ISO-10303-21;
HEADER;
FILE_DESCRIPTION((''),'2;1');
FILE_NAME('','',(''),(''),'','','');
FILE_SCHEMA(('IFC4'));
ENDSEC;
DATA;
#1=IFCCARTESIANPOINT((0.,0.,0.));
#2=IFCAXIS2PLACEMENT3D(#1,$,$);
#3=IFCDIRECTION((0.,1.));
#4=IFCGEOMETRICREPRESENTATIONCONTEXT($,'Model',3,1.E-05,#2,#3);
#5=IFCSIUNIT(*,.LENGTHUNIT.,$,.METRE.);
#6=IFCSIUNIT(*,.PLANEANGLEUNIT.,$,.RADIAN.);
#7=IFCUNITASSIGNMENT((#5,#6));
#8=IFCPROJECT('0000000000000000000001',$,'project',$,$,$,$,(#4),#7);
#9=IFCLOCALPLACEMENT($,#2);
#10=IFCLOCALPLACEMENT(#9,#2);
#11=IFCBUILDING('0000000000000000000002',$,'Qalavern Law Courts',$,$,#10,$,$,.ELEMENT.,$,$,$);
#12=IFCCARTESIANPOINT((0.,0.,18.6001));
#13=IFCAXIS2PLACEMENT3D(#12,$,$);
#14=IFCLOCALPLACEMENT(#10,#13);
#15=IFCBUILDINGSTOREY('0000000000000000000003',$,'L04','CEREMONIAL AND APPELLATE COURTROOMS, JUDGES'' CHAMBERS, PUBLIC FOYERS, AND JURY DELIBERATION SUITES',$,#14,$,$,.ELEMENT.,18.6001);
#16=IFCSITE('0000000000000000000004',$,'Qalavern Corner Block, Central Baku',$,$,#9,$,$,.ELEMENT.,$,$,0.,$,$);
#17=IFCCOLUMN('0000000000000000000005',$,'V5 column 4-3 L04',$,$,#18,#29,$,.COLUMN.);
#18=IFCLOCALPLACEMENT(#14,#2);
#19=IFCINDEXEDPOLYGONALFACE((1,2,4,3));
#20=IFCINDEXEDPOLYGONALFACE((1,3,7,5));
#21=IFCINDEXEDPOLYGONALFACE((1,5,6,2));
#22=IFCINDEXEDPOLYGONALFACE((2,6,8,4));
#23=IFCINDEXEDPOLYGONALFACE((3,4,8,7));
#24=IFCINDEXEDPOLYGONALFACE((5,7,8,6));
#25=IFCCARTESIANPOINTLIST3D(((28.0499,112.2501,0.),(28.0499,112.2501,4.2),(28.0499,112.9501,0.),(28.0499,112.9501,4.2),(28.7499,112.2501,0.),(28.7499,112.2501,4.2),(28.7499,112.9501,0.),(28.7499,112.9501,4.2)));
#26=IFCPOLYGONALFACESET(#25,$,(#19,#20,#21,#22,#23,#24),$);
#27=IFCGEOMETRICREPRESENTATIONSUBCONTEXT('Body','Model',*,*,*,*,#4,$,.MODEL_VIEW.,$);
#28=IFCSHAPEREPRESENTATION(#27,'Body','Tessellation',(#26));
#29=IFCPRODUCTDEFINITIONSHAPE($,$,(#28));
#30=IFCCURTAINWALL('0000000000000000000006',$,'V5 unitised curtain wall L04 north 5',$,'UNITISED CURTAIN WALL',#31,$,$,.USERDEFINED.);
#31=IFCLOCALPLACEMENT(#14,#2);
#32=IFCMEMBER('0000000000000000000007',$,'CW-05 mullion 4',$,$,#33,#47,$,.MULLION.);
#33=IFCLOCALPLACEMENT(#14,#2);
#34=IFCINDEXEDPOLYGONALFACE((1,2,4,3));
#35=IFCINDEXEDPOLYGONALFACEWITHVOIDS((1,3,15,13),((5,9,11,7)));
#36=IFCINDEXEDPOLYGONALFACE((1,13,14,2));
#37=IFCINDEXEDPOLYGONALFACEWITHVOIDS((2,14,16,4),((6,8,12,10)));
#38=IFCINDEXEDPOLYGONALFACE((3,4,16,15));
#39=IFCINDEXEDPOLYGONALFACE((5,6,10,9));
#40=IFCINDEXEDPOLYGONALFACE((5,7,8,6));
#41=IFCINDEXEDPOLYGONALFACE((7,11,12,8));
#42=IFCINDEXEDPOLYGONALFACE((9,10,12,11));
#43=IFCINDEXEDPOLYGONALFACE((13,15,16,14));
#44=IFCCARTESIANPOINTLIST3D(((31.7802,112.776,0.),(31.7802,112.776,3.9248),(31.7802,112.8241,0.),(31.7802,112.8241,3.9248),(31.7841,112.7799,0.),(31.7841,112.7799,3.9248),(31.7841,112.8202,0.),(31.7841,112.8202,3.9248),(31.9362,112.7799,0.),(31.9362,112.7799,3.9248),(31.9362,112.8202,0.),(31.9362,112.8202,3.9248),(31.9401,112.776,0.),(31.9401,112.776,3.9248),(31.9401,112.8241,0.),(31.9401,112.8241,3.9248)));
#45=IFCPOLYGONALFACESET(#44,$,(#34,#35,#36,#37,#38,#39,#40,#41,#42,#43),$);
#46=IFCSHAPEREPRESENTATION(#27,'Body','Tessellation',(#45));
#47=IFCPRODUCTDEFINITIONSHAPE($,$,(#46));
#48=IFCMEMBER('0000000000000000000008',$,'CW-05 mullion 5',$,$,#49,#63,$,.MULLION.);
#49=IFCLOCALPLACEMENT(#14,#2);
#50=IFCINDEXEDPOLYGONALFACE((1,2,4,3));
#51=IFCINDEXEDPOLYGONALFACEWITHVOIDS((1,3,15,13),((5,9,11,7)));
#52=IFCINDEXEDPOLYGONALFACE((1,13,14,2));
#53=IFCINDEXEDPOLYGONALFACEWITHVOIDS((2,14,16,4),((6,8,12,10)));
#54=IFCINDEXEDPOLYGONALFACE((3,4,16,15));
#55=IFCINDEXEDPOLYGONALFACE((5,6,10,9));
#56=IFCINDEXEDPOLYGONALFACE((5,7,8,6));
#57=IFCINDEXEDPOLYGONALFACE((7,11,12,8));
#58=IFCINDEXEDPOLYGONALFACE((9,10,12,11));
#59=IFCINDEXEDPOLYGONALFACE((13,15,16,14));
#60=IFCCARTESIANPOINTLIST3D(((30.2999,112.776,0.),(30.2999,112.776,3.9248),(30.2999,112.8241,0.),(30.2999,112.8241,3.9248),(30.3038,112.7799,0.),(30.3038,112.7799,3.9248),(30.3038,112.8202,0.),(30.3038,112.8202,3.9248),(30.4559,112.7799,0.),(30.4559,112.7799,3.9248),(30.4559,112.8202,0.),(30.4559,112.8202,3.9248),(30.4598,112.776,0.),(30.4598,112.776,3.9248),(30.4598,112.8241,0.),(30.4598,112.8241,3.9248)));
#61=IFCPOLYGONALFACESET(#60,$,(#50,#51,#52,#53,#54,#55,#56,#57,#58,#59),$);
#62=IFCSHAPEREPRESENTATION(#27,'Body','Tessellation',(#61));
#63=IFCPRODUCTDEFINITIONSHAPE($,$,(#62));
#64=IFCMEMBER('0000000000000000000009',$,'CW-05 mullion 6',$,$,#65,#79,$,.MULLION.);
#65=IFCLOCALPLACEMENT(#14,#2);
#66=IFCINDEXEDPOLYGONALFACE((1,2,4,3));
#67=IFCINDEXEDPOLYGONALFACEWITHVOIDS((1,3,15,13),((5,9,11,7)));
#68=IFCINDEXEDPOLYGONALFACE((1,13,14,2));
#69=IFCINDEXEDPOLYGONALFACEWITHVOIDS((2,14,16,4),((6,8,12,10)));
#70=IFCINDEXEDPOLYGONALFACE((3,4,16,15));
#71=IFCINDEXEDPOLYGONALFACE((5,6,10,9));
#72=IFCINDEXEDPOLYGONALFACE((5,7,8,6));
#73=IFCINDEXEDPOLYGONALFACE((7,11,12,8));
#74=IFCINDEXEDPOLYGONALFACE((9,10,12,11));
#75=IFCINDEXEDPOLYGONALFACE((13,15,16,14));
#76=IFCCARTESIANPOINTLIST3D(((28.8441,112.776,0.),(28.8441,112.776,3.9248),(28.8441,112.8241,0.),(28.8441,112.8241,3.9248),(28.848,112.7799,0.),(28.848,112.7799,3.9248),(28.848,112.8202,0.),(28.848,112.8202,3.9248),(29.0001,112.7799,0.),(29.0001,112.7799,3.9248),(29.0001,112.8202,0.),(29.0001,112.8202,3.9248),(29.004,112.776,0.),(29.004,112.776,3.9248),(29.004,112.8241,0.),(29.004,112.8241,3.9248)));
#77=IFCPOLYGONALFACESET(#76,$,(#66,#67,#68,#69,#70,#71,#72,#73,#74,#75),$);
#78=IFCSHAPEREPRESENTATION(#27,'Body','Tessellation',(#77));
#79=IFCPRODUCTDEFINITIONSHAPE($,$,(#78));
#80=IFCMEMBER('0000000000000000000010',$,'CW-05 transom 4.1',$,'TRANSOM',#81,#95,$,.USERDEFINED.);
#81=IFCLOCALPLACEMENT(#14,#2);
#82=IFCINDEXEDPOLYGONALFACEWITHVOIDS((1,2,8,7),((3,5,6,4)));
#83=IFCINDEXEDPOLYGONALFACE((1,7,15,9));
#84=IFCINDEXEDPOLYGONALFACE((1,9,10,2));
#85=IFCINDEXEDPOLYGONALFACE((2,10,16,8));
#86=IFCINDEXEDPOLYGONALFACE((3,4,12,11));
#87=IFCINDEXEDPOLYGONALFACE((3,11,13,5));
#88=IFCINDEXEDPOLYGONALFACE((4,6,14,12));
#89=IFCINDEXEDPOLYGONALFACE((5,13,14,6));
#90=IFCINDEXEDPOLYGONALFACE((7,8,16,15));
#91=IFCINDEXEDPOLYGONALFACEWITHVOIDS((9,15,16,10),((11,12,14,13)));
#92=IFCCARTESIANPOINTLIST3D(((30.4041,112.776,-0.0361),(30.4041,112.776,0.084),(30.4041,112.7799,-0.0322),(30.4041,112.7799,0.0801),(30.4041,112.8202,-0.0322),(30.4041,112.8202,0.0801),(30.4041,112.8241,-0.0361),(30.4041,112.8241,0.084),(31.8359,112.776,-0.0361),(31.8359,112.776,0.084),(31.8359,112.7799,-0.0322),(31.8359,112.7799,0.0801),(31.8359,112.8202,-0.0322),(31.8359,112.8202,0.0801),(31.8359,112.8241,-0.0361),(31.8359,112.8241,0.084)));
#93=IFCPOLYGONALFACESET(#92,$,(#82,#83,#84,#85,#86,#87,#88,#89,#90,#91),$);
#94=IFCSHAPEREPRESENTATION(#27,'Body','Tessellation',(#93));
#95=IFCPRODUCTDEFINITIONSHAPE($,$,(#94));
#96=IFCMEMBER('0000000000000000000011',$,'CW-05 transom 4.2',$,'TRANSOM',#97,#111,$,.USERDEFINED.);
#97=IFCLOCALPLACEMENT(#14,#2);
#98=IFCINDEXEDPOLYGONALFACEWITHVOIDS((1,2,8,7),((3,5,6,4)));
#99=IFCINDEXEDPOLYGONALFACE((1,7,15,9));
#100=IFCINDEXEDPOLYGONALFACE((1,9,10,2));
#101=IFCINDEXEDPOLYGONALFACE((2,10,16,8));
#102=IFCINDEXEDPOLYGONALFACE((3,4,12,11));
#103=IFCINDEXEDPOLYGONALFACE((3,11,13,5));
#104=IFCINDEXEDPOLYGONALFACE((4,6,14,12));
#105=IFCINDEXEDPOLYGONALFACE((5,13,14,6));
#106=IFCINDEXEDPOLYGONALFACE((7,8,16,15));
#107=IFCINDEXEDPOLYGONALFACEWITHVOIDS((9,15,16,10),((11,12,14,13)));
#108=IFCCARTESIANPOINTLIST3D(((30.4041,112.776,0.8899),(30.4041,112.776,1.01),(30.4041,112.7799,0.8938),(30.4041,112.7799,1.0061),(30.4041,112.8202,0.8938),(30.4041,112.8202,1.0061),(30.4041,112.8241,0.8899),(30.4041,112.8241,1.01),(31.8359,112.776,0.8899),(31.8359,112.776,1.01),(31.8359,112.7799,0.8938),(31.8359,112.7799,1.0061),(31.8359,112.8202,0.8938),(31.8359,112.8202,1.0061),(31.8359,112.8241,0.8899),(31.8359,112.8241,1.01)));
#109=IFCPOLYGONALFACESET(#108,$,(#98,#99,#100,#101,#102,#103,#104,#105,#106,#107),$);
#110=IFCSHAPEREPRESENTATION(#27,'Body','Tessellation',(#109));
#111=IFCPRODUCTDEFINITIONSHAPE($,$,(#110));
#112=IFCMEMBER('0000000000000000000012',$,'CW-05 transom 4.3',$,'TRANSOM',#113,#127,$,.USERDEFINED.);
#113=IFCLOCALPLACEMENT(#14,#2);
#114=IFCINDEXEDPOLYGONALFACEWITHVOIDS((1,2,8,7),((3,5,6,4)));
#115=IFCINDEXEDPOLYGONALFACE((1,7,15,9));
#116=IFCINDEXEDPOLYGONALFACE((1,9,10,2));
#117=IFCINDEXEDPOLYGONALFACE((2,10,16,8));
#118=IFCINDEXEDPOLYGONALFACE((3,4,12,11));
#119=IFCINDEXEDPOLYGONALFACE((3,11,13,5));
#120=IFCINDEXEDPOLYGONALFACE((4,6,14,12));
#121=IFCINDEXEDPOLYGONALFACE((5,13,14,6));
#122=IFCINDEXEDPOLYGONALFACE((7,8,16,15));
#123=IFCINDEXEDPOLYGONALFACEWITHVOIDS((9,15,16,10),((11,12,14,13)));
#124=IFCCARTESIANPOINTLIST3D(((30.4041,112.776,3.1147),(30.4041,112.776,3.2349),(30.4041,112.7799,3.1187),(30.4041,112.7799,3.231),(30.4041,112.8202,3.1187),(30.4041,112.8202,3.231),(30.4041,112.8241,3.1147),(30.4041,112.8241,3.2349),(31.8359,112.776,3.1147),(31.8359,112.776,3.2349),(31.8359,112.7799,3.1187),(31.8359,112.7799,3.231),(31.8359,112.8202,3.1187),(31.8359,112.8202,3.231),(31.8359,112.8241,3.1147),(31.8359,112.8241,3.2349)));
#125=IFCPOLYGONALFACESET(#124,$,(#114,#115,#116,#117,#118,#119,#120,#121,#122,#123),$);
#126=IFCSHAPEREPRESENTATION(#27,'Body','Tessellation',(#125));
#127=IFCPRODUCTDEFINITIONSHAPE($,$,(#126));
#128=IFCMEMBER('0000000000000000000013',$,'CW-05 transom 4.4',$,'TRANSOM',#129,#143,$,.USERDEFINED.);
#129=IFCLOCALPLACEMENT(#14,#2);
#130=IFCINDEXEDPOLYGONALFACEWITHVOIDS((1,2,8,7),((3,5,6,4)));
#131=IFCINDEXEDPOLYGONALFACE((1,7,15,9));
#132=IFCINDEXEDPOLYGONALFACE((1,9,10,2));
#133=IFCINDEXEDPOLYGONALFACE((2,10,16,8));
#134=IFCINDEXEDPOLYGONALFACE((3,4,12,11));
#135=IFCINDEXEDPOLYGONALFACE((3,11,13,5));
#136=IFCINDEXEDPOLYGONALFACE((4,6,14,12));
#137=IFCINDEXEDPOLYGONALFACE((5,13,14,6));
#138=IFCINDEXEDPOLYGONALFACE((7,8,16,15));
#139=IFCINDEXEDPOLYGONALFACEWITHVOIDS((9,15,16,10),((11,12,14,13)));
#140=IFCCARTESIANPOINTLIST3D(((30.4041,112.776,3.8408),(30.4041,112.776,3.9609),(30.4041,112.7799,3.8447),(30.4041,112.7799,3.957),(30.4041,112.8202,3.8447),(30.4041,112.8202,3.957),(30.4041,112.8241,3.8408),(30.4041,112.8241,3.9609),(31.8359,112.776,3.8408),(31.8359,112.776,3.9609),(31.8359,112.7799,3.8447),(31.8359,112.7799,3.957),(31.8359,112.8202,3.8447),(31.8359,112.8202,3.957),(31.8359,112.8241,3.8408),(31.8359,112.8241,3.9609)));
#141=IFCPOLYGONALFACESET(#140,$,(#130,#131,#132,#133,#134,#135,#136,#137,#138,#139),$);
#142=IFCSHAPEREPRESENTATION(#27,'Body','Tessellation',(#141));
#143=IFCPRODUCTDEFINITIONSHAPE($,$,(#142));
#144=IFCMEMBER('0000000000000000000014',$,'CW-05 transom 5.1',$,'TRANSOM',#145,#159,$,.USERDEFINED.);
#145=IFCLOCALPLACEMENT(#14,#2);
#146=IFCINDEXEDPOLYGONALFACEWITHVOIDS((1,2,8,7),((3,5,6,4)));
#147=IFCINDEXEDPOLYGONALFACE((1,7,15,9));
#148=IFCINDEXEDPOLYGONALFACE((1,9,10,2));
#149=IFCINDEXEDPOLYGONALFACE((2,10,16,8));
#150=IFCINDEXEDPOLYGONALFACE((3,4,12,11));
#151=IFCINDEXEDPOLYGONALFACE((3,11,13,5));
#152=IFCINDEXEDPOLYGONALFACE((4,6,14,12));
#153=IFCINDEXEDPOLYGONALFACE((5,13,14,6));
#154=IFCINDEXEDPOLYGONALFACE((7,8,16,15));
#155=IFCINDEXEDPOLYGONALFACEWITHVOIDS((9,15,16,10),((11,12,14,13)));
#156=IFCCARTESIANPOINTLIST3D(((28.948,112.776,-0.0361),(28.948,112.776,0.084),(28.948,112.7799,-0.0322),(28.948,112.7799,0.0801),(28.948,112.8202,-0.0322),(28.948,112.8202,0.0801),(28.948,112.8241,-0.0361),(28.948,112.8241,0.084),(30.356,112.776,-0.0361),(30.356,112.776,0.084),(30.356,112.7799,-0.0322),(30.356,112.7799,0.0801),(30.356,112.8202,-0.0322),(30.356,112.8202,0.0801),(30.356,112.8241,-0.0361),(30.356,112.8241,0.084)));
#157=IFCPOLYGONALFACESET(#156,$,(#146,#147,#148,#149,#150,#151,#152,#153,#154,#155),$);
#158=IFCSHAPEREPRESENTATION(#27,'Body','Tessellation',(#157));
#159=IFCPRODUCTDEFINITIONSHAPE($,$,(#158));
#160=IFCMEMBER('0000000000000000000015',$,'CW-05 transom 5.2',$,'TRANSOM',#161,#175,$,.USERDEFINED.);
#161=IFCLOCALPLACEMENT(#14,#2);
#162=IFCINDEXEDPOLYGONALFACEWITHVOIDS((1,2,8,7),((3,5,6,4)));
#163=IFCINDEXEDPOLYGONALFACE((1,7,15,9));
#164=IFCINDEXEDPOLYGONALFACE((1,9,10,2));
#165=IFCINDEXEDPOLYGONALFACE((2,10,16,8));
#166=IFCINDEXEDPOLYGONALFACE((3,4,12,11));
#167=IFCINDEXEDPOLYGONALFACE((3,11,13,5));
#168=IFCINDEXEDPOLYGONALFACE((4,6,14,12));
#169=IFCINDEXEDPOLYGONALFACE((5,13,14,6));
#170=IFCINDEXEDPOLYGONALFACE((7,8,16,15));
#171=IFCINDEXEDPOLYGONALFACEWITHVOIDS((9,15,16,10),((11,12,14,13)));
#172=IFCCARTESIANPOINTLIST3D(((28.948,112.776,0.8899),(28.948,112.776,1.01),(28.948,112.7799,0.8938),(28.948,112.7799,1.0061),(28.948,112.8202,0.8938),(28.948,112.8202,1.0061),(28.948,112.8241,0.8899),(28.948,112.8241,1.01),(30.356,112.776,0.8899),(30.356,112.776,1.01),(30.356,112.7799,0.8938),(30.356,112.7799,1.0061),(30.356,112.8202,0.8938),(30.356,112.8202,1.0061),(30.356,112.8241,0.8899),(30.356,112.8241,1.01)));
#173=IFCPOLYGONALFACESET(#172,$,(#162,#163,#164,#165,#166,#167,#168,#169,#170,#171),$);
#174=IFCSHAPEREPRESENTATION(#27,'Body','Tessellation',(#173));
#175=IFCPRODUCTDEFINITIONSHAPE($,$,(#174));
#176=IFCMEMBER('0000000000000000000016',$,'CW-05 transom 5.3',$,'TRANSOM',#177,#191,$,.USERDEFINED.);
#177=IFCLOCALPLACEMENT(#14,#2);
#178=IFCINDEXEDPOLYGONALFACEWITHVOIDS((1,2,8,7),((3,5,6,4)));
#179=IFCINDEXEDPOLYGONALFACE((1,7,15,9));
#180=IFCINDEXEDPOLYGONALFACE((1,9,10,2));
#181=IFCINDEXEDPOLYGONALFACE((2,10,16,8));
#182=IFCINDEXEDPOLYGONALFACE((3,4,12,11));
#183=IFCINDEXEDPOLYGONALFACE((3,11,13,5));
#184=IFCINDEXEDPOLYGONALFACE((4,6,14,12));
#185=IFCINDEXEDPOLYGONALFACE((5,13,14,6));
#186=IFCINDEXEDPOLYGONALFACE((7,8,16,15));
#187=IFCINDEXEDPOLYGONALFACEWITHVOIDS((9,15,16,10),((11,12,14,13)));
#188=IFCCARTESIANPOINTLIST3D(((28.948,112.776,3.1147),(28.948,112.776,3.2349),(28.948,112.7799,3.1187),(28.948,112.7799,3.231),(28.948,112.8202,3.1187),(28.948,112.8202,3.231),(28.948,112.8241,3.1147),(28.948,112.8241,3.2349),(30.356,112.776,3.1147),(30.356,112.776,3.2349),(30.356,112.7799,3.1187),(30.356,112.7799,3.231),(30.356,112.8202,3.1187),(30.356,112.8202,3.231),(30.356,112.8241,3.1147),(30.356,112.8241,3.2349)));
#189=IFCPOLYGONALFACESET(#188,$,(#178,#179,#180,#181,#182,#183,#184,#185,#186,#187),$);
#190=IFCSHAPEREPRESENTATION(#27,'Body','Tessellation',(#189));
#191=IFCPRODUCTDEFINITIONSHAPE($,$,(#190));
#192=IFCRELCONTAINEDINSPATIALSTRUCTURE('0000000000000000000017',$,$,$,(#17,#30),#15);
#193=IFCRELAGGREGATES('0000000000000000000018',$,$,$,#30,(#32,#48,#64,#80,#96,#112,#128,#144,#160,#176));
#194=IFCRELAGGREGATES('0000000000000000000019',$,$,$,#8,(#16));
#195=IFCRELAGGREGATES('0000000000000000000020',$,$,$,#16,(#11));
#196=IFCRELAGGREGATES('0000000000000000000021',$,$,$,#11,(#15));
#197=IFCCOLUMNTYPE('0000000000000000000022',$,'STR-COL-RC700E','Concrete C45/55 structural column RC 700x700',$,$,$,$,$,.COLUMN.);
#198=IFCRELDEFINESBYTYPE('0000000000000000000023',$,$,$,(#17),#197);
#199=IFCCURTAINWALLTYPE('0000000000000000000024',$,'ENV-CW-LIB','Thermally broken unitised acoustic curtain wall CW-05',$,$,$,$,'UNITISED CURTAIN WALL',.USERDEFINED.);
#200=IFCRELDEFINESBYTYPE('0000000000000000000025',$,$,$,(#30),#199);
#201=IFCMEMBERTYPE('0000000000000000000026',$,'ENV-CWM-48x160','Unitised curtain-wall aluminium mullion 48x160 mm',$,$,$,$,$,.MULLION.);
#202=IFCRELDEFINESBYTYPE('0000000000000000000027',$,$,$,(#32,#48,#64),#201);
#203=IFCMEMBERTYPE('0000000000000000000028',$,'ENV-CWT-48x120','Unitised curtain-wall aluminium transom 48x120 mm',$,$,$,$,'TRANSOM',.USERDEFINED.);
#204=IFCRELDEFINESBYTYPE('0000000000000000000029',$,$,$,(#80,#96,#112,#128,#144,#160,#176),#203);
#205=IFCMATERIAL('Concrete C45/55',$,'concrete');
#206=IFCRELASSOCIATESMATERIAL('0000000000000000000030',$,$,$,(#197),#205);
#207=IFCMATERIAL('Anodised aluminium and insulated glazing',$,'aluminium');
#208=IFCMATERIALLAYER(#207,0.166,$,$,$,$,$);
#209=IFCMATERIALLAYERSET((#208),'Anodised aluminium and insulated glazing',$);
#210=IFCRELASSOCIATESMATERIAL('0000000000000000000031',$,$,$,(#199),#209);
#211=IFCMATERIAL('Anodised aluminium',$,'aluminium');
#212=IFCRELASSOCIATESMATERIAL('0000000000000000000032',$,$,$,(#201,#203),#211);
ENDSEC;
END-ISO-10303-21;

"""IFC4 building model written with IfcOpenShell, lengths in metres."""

from ifc_helpers import new_model, si_unit, direction, frame, origin, origin_2d, place, context, subcontext, project, spatial, rectangle, hollow_rectangle, extrude, material, layer, layer_set, material_profile, profile_set, type_object, element, aggregate, save


model = new_model("IFC4")

# Units and contexts
model_context = context("Model", 3, precision=1e-05, world=origin(), true_north=direction((0.0, 1.0)))
body_context = subcontext(model_context, "Body", "Model", "MODEL_VIEW")
ifc_project = project(units=[si_unit("LENGTHUNIT", "METRE"), si_unit("PLANEANGLEUNIT", "RADIAN")], contexts=[model_context])

# Site, building, storey
site_placement = place(None, origin())
site = spatial("IfcSite", under=ifc_project, at=site_placement, Name="Qalavern Corner Block, Central Baku", CompositionType="ELEMENT", RefElevation=0.0)
building_placement = place(site_placement, origin())
building = spatial("IfcBuilding", under=site, at=building_placement, Name="Qalavern Law Courts", CompositionType="ELEMENT")
storey_placement = place(building_placement, frame((0.0, 0.0, 18.6001)))
storey = spatial("IfcBuildingStorey", under=building, at=storey_placement, Name="L04", Description="CEREMONIAL AND APPELLATE COURTROOMS, JUDGES' CHAMBERS, PUBLIC FOYERS, AND JURY DELIBERATION SUITES", CompositionType="ELEMENT", Elevation=18.6001)

# Column
ifc_material_1 = material(Name="Concrete C45/55", Category="concrete")
ifc_material_profile_1 = material_profile(ifc_material_1, rectangle(XDim=0.7, YDim=0.7, at=origin_2d()), Name="RC 700x700")
ifc_profile_set_1 = profile_set([ifc_material_profile_1], Name="Concrete C45/55")
column_type = type_object("IfcColumnType", Name="STR-COL-RC700E", Description="Concrete C45/55 structural column RC 700x700", PredefinedType="COLUMN", material=ifc_profile_set_1)
column_placement = place(storey_placement, frame((28.3999, 112.6001, 0.0), z_axis=(0.0, 0.0, 1.0), x_axis=(1.0, 0.0, 0.0)))
element("IfcColumn", 1, at=column_placement, inside=storey, type_object=column_type, Name="V5 column 4-3 L04", PredefinedType="COLUMN", context=body_context, shape_type="SweptSolid", body=[
    extrude(rectangle(XDim=0.7, YDim=0.7, at=origin_2d()), origin(), (0.0, 0.0, 1.0), 4.2),
])

# Curtain wall, members
ifc_material_2 = material(Name="Anodised aluminium and insulated glazing", Category="aluminium")
ifc_layer_1 = layer(ifc_material_2, 0.166)
ifc_layer_set_1 = layer_set([ifc_layer_1], Name="Anodised aluminium and insulated glazing")
curtain_wall_type = type_object("IfcCurtainWallType", Name="ENV-CW-LIB", Description="Thermally broken unitised acoustic curtain wall CW-05", ElementType="UNITISED CURTAIN WALL", PredefinedType="USERDEFINED", material=ifc_layer_set_1)
curtain_wall_placement = place(storey_placement, origin())
curtain_wall = element("IfcCurtainWall", 2, at=curtain_wall_placement, inside=storey, type_object=curtain_wall_type, Name="V5 unitised curtain wall L04 north 5", ObjectType="UNITISED CURTAIN WALL", PredefinedType="USERDEFINED")
ifc_material_3 = material(Name="Anodised aluminium", Category="aluminium")
ifc_material_profile_2 = material_profile(ifc_material_3, hollow_rectangle(XDim=0.0481, YDim=0.1599, WallThickness=0.0039, at=origin_2d()), Name="ALU MULLION 48x160")
ifc_profile_set_2 = profile_set([ifc_material_profile_2], Name="Anodised aluminium")
member_type_1 = type_object("IfcMemberType", Name="ENV-CWM-48x160", Description="Unitised curtain-wall aluminium mullion 48x160 mm", PredefinedType="MULLION", material=ifc_profile_set_2)
member_1_placement = place(storey_placement, frame((31.8601, 112.8, 0.0), z_axis=(0.0, 0.0, 1.0), x_axis=(0.0, -1.0, 0.0)))
member_1 = element("IfcMember", 3, at=member_1_placement, type_object=member_type_1, Name="CW-05 mullion 4", PredefinedType="MULLION", context=body_context, shape_type="SweptSolid", body=[
    extrude(hollow_rectangle(XDim=0.0481, YDim=0.1599, WallThickness=0.0039, at=origin_2d()), origin(), (0.0, 0.0, 1.0), 3.9248),
])
member_2_placement = place(storey_placement, frame((30.3799, 112.8, 0.0), z_axis=(0.0, 0.0, 1.0), x_axis=(0.0, -1.0, 0.0)))
member_2 = element("IfcMember", 4, at=member_2_placement, type_object=member_type_1, Name="CW-05 mullion 5", PredefinedType="MULLION", context=body_context, shape_type="SweptSolid", body=[
    extrude(hollow_rectangle(XDim=0.0481, YDim=0.1599, WallThickness=0.0039, at=origin_2d()), origin(), (0.0, 0.0, 1.0), 3.9248),
])
member_3_placement = place(storey_placement, frame((28.9241, 112.8, 0.0), z_axis=(0.0, 0.0, 1.0), x_axis=(0.0, -1.0, 0.0)))
member_3 = element("IfcMember", 5, at=member_3_placement, type_object=member_type_1, Name="CW-05 mullion 6", PredefinedType="MULLION", context=body_context, shape_type="SweptSolid", body=[
    extrude(hollow_rectangle(XDim=0.0481, YDim=0.1599, WallThickness=0.0039, at=origin_2d()), origin(), (0.0, 0.0, 1.0), 3.9248),
])
ifc_material_profile_3 = material_profile(ifc_material_3, hollow_rectangle(XDim=0.0481, YDim=0.1201, WallThickness=0.0039, at=origin_2d()), Name="ALU TRANSOM 48x120")
ifc_profile_set_3 = profile_set([ifc_material_profile_3], Name="Anodised aluminium")
member_type_2 = type_object("IfcMemberType", Name="ENV-CWT-48x120", Description="Unitised curtain-wall aluminium transom 48x120 mm", ElementType="TRANSOM", PredefinedType="USERDEFINED", material=ifc_profile_set_3)
member_4_placement = place(storey_placement, frame((31.8359, 112.8, 0.0239), z_axis=(-1.0, 0.0, 0.0), x_axis=(0.0, -1.0, 0.0)))
member_4 = element("IfcMember", 6, at=member_4_placement, type_object=member_type_2, Name="CW-05 transom 4.1", ObjectType="TRANSOM", PredefinedType="USERDEFINED", context=body_context, shape_type="SweptSolid", body=[
    extrude(hollow_rectangle(XDim=0.0481, YDim=0.1201, WallThickness=0.0039, at=origin_2d()), origin(), (0.0, 0.0, 1.0), 1.4319),
])
member_5_placement = place(storey_placement, frame((31.8359, 112.8, 0.95), z_axis=(-1.0, 0.0, 0.0), x_axis=(0.0, -1.0, 0.0)))
member_5 = element("IfcMember", 7, at=member_5_placement, type_object=member_type_2, Name="CW-05 transom 4.2", ObjectType="TRANSOM", PredefinedType="USERDEFINED", context=body_context, shape_type="SweptSolid", body=[
    extrude(hollow_rectangle(XDim=0.0481, YDim=0.1201, WallThickness=0.0039, at=origin_2d()), origin(), (0.0, 0.0, 1.0), 1.4319),
])
member_6_placement = place(storey_placement, frame((31.8359, 112.8, 3.1748), z_axis=(-1.0, 0.0, 0.0), x_axis=(0.0, -1.0, 0.0)))
member_6 = element("IfcMember", 8, at=member_6_placement, type_object=member_type_2, Name="CW-05 transom 4.3", ObjectType="TRANSOM", PredefinedType="USERDEFINED", context=body_context, shape_type="SweptSolid", body=[
    extrude(hollow_rectangle(XDim=0.0481, YDim=0.1201, WallThickness=0.0039, at=origin_2d()), origin(), (0.0, 0.0, 1.0), 1.4319),
])
member_7_placement = place(storey_placement, frame((31.8359, 112.8, 3.9009), z_axis=(-1.0, 0.0, 0.0), x_axis=(0.0, -1.0, 0.0)))
member_7 = element("IfcMember", 9, at=member_7_placement, type_object=member_type_2, Name="CW-05 transom 4.4", ObjectType="TRANSOM", PredefinedType="USERDEFINED", context=body_context, shape_type="SweptSolid", body=[
    extrude(hollow_rectangle(XDim=0.0481, YDim=0.1201, WallThickness=0.0039, at=origin_2d()), origin(), (0.0, 0.0, 1.0), 1.4319),
])
member_8_placement = place(storey_placement, frame((30.356, 112.8, 0.0239), z_axis=(-1.0, 0.0, 0.0), x_axis=(0.0, -1.0, 0.0)))
member_8 = element("IfcMember", 10, at=member_8_placement, type_object=member_type_2, Name="CW-05 transom 5.1", ObjectType="TRANSOM", PredefinedType="USERDEFINED", context=body_context, shape_type="SweptSolid", body=[
    extrude(hollow_rectangle(XDim=0.0481, YDim=0.1201, WallThickness=0.0039, at=origin_2d()), origin(), (0.0, 0.0, 1.0), 1.408),
])
member_9_placement = place(storey_placement, frame((30.356, 112.8, 0.95), z_axis=(-1.0, 0.0, 0.0), x_axis=(0.0, -1.0, 0.0)))
member_9 = element("IfcMember", 11, at=member_9_placement, type_object=member_type_2, Name="CW-05 transom 5.2", ObjectType="TRANSOM", PredefinedType="USERDEFINED", context=body_context, shape_type="SweptSolid", body=[
    extrude(hollow_rectangle(XDim=0.0481, YDim=0.1201, WallThickness=0.0039, at=origin_2d()), origin(), (0.0, 0.0, 1.0), 1.408),
])
member_10_placement = place(storey_placement, frame((30.356, 112.8, 3.1748), z_axis=(-1.0, 0.0, 0.0), x_axis=(0.0, -1.0, 0.0)))
member_10 = element("IfcMember", 12, at=member_10_placement, type_object=member_type_2, Name="CW-05 transom 5.3", ObjectType="TRANSOM", PredefinedType="USERDEFINED", context=body_context, shape_type="SweptSolid", body=[
    extrude(hollow_rectangle(XDim=0.0481, YDim=0.1201, WallThickness=0.0039, at=origin_2d()), origin(), (0.0, 0.0, 1.0), 1.408),
])

aggregate(curtain_wall, [member_1, member_2, member_3, member_4, member_5, member_6, member_7, member_8, member_9, member_10])

save(model, "model.ifc")
